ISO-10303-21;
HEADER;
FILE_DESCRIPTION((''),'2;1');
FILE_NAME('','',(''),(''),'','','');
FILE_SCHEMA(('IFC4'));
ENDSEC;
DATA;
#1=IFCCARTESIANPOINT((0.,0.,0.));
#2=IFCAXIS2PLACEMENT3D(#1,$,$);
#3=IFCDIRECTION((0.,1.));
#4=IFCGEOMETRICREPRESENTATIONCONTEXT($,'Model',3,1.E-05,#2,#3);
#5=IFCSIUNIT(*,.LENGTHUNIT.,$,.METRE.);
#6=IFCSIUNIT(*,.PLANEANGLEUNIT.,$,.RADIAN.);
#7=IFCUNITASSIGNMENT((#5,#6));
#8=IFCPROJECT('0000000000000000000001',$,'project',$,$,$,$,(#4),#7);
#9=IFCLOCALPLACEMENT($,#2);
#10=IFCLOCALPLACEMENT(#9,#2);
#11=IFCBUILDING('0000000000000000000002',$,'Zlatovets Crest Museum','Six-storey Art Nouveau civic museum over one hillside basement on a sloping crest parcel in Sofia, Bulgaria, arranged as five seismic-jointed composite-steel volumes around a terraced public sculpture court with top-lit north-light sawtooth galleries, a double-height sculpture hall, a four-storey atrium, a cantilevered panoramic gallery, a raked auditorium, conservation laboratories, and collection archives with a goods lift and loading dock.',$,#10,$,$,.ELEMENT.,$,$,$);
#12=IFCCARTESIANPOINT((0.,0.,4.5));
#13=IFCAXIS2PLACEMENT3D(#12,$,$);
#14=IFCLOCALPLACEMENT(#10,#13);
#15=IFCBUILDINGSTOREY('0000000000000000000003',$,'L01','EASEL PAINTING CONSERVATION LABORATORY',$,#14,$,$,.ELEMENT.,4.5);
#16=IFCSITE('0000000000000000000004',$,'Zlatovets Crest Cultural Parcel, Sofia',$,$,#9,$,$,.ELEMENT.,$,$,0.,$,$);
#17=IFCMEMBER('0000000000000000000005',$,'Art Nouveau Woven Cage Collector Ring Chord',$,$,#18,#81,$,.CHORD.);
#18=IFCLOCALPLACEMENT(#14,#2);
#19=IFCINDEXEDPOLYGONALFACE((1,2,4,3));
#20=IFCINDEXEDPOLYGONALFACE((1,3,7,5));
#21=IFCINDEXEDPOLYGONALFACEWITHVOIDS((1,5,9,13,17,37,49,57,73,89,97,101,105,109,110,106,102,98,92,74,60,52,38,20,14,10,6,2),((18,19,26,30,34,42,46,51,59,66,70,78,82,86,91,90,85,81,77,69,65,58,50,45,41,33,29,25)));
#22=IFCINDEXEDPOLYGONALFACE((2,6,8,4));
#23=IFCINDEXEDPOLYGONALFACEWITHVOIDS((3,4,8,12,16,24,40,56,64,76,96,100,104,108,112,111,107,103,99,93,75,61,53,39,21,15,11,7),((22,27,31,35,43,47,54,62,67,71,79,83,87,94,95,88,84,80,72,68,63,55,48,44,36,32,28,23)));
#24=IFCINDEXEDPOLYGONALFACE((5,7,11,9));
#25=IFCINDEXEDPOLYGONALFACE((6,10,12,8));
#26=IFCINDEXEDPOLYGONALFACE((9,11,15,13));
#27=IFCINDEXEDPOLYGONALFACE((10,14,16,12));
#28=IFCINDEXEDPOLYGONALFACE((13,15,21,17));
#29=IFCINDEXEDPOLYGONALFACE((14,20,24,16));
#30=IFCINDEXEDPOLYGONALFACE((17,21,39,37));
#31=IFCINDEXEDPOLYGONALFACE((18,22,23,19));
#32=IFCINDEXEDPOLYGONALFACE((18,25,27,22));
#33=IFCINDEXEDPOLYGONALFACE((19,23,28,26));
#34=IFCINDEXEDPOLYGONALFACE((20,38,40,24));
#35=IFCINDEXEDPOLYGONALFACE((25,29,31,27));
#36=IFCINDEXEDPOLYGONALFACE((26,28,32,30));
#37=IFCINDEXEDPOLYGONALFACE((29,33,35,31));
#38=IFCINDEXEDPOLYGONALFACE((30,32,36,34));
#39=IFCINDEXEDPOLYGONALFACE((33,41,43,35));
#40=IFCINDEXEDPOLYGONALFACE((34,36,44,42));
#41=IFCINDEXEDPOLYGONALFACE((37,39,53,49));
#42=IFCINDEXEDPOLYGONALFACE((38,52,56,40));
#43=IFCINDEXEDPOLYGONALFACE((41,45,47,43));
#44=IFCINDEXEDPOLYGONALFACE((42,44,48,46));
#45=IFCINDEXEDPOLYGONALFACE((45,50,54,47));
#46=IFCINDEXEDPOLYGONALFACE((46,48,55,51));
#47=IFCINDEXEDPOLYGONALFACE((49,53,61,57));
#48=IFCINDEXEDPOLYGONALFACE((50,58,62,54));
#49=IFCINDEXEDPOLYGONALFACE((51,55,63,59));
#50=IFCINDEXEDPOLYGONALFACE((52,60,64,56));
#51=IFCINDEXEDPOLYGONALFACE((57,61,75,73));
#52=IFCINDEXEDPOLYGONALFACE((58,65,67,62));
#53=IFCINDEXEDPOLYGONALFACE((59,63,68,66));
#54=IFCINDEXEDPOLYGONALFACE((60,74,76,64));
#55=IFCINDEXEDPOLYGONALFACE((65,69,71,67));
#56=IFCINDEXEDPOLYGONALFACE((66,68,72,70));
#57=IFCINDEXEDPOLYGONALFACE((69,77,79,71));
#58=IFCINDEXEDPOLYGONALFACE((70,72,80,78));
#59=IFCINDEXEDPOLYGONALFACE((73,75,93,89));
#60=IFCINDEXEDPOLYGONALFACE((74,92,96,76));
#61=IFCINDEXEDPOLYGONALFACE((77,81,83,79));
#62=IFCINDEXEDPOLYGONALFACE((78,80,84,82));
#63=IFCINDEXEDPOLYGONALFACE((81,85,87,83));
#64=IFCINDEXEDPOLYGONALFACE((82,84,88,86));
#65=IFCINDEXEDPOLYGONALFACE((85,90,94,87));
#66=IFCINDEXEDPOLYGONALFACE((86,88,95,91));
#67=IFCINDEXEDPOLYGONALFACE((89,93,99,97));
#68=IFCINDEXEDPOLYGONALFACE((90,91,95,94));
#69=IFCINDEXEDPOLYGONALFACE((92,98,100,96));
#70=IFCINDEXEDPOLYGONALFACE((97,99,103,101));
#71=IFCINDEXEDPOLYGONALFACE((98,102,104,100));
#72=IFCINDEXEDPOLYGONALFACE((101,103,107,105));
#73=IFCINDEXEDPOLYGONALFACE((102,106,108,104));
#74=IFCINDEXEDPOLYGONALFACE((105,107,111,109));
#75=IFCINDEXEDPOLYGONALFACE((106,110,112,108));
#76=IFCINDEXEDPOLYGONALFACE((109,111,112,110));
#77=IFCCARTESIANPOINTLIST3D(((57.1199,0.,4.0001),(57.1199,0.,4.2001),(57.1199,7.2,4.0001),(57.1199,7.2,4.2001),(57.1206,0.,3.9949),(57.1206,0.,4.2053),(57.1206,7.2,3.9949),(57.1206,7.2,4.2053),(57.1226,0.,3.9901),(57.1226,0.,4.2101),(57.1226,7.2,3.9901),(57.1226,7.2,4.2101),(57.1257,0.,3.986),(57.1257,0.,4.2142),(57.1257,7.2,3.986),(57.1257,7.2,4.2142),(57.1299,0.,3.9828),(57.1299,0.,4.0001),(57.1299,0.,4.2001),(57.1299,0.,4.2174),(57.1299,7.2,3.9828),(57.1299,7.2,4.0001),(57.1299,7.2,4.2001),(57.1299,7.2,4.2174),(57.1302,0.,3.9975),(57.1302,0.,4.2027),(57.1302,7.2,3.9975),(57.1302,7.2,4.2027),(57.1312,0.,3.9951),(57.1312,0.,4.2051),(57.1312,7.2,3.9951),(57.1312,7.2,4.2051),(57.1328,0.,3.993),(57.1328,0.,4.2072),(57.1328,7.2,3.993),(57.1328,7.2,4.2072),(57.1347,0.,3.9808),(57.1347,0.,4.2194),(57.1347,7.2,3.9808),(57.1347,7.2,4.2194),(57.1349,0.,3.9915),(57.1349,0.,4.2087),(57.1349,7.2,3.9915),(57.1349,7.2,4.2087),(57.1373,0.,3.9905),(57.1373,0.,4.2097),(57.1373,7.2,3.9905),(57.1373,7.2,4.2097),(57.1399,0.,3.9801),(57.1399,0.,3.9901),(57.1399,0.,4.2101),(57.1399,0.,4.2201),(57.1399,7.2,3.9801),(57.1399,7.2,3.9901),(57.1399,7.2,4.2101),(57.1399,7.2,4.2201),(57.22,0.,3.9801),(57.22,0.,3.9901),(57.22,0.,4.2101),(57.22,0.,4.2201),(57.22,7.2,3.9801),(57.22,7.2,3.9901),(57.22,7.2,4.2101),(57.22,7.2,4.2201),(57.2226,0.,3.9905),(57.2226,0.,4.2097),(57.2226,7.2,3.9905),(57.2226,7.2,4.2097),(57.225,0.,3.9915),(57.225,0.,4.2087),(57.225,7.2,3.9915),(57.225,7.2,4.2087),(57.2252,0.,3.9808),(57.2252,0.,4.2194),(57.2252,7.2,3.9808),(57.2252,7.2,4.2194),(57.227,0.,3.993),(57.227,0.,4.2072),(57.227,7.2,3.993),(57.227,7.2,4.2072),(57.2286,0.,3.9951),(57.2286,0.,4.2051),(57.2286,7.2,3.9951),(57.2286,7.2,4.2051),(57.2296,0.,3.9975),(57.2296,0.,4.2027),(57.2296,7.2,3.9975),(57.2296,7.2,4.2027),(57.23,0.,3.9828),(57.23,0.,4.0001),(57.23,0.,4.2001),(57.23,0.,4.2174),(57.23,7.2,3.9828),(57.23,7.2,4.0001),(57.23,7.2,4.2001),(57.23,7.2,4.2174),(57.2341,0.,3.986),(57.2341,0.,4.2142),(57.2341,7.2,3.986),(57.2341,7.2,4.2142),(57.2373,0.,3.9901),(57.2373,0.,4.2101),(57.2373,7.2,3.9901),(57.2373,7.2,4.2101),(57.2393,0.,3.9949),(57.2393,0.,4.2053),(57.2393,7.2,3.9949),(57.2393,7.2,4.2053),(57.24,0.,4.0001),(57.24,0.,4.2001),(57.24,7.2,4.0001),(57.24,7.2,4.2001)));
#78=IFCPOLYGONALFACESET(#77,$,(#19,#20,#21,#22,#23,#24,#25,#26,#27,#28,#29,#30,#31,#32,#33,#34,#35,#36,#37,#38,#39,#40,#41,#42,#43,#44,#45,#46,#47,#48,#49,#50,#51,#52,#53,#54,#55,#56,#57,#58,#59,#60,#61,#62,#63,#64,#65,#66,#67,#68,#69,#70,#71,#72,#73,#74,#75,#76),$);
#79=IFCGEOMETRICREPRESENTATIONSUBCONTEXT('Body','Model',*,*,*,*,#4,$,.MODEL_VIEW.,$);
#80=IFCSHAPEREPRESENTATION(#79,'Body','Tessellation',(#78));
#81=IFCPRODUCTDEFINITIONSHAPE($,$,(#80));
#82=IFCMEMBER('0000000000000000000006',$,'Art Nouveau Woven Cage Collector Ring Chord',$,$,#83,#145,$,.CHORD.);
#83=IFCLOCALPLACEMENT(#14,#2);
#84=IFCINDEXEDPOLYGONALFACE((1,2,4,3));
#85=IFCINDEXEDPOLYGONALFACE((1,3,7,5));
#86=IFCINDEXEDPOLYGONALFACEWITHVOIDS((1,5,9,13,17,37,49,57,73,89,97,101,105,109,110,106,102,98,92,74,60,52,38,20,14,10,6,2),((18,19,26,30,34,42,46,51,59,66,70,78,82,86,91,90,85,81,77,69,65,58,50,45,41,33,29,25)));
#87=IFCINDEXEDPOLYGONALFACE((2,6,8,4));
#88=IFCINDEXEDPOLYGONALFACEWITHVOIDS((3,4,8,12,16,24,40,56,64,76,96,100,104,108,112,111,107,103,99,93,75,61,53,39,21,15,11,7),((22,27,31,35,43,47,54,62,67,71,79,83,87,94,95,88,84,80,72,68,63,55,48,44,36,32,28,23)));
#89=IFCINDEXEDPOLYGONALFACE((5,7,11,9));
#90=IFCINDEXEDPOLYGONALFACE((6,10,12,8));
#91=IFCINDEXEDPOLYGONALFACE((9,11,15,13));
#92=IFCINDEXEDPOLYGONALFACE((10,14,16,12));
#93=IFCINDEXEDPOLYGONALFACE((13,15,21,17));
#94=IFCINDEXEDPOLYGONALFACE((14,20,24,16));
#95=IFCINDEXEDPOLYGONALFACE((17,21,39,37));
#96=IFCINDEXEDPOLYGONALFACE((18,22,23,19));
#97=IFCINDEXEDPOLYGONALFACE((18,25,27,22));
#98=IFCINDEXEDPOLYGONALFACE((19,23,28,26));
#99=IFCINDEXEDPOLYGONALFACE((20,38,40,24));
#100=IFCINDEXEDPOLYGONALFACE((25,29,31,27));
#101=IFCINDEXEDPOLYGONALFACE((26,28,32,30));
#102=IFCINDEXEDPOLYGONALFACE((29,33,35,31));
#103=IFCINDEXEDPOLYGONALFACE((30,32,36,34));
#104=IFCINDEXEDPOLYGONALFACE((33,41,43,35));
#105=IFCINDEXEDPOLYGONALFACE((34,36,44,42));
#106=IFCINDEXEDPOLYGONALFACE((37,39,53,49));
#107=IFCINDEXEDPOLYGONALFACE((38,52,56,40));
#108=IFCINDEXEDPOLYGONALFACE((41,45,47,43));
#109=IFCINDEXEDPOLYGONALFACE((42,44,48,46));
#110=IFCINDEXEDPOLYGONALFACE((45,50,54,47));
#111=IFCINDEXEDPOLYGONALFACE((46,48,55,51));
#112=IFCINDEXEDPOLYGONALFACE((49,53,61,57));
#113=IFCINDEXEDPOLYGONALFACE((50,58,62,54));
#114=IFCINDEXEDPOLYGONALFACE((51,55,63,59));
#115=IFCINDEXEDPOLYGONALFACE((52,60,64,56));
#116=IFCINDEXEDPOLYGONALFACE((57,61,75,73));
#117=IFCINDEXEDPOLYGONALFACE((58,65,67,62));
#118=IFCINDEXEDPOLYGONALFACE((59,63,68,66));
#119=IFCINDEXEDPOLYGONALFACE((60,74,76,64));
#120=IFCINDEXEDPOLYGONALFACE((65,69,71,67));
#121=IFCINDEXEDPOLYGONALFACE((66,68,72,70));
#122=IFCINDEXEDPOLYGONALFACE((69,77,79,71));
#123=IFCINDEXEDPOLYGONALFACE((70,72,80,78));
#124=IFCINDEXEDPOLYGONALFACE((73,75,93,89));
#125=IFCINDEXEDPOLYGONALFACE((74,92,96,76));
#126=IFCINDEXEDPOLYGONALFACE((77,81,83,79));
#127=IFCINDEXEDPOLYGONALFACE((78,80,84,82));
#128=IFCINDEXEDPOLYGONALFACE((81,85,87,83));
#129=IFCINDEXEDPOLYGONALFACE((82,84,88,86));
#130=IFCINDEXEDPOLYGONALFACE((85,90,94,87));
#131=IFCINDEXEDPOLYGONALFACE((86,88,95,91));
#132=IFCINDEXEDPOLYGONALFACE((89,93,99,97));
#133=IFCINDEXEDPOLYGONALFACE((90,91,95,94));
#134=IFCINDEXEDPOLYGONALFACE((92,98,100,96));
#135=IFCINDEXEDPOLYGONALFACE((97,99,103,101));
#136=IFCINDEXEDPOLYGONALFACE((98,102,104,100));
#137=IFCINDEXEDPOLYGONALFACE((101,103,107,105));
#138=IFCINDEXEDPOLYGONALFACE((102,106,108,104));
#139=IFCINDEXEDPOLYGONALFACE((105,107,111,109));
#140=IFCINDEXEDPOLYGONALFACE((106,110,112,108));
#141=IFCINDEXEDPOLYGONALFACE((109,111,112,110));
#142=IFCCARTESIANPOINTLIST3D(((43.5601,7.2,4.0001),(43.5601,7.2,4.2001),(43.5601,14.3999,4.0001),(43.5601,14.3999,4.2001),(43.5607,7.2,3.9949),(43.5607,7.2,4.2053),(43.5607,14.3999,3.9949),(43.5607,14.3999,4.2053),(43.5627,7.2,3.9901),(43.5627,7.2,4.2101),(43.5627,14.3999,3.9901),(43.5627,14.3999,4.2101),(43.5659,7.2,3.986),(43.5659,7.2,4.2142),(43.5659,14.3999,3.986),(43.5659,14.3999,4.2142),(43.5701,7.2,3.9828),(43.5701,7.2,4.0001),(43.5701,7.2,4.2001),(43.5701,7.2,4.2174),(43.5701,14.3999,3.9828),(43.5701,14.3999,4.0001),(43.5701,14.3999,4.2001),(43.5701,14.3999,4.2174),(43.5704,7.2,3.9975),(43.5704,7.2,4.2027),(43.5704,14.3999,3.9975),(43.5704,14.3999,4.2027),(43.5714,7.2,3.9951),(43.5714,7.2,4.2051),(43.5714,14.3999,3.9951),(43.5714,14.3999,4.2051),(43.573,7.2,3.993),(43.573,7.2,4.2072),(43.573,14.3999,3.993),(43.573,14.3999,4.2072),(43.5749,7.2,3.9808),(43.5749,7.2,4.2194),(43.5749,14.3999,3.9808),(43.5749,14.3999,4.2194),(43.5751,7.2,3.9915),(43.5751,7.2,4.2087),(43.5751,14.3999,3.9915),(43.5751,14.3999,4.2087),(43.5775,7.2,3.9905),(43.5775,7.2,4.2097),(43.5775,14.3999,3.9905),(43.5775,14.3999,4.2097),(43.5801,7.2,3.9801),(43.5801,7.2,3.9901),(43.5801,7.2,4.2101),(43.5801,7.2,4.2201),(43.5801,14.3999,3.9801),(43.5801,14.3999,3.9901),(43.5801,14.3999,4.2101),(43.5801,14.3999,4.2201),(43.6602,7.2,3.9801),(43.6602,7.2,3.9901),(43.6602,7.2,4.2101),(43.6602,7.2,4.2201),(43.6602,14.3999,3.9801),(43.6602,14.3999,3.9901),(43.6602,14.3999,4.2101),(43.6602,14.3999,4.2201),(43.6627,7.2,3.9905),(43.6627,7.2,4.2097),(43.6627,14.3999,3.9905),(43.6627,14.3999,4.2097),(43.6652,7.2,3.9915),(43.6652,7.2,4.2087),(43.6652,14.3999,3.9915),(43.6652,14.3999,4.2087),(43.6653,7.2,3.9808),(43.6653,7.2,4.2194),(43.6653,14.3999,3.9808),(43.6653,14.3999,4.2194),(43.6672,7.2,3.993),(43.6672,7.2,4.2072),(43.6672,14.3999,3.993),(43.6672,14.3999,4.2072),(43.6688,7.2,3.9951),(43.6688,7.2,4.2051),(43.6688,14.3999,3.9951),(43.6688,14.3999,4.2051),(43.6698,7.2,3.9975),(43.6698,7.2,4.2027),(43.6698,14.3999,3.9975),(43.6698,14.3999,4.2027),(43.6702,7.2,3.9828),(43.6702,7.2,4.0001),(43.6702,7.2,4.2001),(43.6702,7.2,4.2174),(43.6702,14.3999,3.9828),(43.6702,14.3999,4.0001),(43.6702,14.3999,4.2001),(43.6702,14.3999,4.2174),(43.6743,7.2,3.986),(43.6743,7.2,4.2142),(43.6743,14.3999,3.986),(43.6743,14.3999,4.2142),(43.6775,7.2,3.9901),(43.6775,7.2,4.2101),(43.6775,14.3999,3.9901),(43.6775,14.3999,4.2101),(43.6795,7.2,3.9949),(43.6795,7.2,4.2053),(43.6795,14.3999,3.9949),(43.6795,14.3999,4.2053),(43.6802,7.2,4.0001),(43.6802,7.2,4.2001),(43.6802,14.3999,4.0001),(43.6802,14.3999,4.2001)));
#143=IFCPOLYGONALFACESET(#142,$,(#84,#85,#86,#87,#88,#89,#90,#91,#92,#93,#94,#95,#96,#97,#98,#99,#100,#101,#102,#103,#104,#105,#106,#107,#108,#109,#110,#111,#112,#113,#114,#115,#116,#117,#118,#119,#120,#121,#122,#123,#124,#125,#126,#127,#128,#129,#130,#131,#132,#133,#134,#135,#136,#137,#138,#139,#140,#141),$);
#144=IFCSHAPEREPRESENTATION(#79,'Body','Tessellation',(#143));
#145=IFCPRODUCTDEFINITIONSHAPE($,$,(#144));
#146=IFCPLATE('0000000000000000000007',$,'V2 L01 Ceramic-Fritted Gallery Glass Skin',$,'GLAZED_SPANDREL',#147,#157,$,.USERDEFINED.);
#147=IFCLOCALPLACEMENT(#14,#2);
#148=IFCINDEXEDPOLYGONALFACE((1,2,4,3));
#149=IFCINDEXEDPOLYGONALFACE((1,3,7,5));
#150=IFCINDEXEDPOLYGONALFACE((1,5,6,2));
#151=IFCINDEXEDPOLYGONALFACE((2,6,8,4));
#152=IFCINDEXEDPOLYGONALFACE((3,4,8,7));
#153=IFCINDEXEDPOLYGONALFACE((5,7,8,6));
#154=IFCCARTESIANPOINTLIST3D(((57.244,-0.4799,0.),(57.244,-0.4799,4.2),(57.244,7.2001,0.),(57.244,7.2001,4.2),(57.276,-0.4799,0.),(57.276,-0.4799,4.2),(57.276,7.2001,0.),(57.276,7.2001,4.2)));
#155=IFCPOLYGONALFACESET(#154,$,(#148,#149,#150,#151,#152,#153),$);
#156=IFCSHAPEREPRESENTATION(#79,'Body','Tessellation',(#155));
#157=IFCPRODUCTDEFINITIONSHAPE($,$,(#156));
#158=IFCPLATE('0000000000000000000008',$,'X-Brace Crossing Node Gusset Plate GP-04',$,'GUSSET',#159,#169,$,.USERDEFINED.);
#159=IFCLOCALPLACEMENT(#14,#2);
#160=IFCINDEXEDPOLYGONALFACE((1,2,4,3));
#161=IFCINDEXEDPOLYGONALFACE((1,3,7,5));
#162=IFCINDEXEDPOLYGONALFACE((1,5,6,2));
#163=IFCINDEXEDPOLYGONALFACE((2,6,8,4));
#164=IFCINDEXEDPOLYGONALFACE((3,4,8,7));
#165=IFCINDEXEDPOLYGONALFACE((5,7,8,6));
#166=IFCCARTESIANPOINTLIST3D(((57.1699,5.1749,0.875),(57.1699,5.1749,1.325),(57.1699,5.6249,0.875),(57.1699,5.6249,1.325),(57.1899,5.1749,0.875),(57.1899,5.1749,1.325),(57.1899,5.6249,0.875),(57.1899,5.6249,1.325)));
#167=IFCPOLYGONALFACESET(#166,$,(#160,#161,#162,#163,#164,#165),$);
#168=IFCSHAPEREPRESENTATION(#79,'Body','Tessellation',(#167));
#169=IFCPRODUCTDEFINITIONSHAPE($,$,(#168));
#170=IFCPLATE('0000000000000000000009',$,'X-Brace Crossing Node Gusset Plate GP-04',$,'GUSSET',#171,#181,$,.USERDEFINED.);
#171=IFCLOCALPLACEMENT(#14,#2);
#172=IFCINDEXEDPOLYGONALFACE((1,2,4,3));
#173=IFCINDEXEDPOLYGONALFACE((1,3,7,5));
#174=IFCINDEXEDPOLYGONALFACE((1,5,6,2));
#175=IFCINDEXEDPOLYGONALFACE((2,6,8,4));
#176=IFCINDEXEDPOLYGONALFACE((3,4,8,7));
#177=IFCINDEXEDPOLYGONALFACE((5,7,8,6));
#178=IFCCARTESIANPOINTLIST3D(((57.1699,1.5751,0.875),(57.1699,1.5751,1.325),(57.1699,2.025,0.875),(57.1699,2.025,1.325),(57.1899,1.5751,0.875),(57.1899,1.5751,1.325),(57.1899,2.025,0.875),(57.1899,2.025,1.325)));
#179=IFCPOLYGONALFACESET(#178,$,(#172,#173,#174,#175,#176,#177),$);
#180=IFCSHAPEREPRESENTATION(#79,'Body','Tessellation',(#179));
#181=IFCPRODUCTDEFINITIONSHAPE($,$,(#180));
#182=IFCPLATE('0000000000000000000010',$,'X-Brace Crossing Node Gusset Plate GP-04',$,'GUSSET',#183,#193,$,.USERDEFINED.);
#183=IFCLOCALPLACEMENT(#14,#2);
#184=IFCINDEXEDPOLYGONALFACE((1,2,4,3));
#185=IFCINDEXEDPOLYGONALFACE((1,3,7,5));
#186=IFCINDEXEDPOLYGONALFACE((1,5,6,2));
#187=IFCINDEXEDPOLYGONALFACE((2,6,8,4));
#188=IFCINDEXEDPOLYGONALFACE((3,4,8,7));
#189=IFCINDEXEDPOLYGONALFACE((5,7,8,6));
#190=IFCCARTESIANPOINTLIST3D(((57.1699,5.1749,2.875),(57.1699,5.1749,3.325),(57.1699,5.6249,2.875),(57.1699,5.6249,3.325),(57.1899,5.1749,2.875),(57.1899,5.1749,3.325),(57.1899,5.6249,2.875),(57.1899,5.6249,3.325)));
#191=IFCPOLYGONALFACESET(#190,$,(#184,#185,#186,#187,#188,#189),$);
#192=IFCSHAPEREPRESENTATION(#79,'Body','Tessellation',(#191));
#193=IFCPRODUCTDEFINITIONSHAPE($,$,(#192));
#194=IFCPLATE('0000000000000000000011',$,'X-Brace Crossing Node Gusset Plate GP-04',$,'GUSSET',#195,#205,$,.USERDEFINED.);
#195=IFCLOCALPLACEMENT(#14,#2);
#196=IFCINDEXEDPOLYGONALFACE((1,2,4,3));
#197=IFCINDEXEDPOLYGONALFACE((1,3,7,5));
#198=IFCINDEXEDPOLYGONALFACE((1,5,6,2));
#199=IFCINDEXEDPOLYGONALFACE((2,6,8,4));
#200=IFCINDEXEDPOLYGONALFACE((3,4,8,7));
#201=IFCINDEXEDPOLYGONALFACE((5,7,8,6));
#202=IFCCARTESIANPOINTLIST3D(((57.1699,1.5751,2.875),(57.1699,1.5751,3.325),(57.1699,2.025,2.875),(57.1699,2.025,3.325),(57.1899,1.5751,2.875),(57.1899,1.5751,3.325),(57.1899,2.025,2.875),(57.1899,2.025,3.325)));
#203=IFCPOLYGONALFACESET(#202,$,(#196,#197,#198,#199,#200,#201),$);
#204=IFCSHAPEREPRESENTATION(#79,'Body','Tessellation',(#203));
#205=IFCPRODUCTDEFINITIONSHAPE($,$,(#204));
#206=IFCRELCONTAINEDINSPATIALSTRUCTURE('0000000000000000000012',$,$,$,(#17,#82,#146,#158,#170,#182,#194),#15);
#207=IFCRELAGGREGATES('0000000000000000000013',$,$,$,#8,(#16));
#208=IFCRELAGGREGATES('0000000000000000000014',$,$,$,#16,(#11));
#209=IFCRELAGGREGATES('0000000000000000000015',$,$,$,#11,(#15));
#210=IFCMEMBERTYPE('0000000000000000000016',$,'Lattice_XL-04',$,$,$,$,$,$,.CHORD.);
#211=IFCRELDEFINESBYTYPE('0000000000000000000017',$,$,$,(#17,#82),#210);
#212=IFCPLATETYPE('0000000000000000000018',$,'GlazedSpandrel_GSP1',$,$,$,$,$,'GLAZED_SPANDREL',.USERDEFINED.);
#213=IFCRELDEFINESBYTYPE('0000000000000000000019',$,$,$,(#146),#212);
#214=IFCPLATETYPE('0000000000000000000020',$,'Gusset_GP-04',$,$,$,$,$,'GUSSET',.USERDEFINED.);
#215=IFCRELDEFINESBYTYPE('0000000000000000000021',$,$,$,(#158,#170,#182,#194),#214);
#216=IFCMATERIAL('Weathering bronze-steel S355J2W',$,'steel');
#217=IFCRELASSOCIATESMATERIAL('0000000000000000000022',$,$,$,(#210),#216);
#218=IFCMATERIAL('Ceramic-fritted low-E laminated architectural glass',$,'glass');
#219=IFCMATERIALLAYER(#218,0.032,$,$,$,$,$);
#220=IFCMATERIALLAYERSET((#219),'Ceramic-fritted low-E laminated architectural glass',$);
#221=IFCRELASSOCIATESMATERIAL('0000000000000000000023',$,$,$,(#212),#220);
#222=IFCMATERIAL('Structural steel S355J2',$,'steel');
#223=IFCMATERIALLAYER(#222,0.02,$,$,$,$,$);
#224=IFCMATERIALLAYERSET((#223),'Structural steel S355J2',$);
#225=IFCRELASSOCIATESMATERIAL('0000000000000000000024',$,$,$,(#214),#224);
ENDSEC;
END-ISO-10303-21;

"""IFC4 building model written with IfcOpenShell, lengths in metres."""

from ifc_helpers import new_model, si_unit, direction, frame, origin, origin_2d, place, context, subcontext, project, spatial, rectangle, hollow_rectangle, extrude, material, layer, layer_set, material_profile, profile_set, type_object, element, save


model = new_model("IFC4")

# Units and contexts
model_context = context("Model", 3, precision=1e-05, world=origin(), true_north=direction((0.0, 1.0)))
body_context = subcontext(model_context, "Body", "Model", "MODEL_VIEW")
ifc_project = project(units=[si_unit("LENGTHUNIT", "METRE"), si_unit("PLANEANGLEUNIT", "RADIAN")], contexts=[model_context])

# Site, building, storey
site_placement = place(None, origin())
site = spatial("IfcSite", under=ifc_project, at=site_placement, Name="Zlatovets Crest Cultural Parcel, Sofia", CompositionType="ELEMENT", RefElevation=0.0)
building_placement = place(site_placement, origin())
building = spatial("IfcBuilding", under=site, at=building_placement, Name="Zlatovets Crest Museum", Description="Six-storey Art Nouveau civic museum over one hillside basement on a sloping crest parcel in Sofia, Bulgaria, arranged as five seismic-jointed composite-steel volumes around a terraced public sculpture court with top-lit north-light sawtooth galleries, a double-height sculpture hall, a four-storey atrium, a cantilevered panoramic gallery, a raked auditorium, conservation laboratories, and collection archives with a goods lift and loading dock.", CompositionType="ELEMENT")
storey_placement = place(building_placement, frame((0.0, 0.0, 4.5)))
storey = spatial("IfcBuildingStorey", under=building, at=storey_placement, Name="L01", Description="EASEL PAINTING CONSERVATION LABORATORY", CompositionType="ELEMENT", Elevation=4.5)

# Shared definitions
ifc_material_1 = material(Name="Structural steel S355J2", Category="steel")

# Members
ifc_material_2 = material(Name="Weathering bronze-steel S355J2W", Category="steel")
ifc_material_profile_1 = material_profile(ifc_material_2, hollow_rectangle(XDim=0.1201, YDim=0.24, WallThickness=0.01, InnerFilletRadius=0.01, OuterFilletRadius=0.02, at=origin_2d()), Name="RHS 120x240x10.0")
ifc_profile_set_1 = profile_set([ifc_material_profile_1], Name="Weathering bronze-steel S355J2W")
member_type_1 = type_object("IfcMemberType", Name="Lattice_XL-04", PredefinedType="CHORD", material=ifc_profile_set_1)
for number, where, z_axis, x_axis, name in (
    (1, (57.1799, 7.2, 4.1001), (0.0, -1.0, 0.0), (1.0, 0.0, 0.0), "Art Nouveau Woven Cage Collector Ring Chord"),
    (2, (43.6201, 7.2, 4.1001), (0.0, 1.0, 0.0), (-1.0, 0.0, 0.0), "Art Nouveau Woven Cage Collector Ring Chord"),
):
    element("IfcMember", number, at=place(storey_placement, frame(where, z_axis=z_axis, x_axis=x_axis)), inside=storey, type_object=member_type_1, Name=name, PredefinedType="CHORD", context=body_context, shape_type="SweptSolid", body=[
        extrude(hollow_rectangle(XDim=0.1201, YDim=0.24, WallThickness=0.01, InnerFilletRadius=0.01, OuterFilletRadius=0.02, at=origin_2d()), origin(), (0.0, 0.0, 1.0), 7.2),
    ])

# Plates
ifc_material_3 = material(Name="Ceramic-fritted low-E laminated architectural glass", Category="glass")
ifc_layer_1 = layer(ifc_material_3, 0.032)
ifc_layer_set_1 = layer_set([ifc_layer_1], Name="Ceramic-fritted low-E laminated architectural glass")
plate_type_1 = type_object("IfcPlateType", Name="GlazedSpandrel_GSP1", ElementType="GLAZED_SPANDREL", PredefinedType="USERDEFINED", material=ifc_layer_set_1)
plate_placement = place(storey_placement, frame((57.26, 3.3601, 0.0), z_axis=(0.0, 0.0, 1.0), x_axis=(0.0, 1.0, 0.0)))
element("IfcPlate", 3, at=plate_placement, inside=storey, type_object=plate_type_1, Name="V2 L01 Ceramic-Fritted Gallery Glass Skin", ObjectType="GLAZED_SPANDREL", PredefinedType="USERDEFINED", context=body_context, shape_type="SweptSolid", body=[
    extrude(rectangle(XDim=7.6799, YDim=0.032, at=origin_2d()), origin(), (0.0, 0.0, 1.0), 4.2),
])
ifc_layer_2 = layer(ifc_material_1, 0.02)
ifc_layer_set_2 = layer_set([ifc_layer_2], Name="Structural steel S355J2")
plate_type_2 = type_object("IfcPlateType", Name="Gusset_GP-04", ElementType="GUSSET", PredefinedType="USERDEFINED", material=ifc_layer_set_2)
for number, where, z_axis, x_axis, name in (
    (4, (57.1799, 5.3999, 0.875), (0.0, 0.0, 1.0), (1.0, 0.0, 0.0), "X-Brace Crossing Node Gusset Plate GP-04"),
    (5, (57.1799, 1.8, 0.875), (0.0, 0.0, 1.0), (1.0, 0.0, 0.0), "X-Brace Crossing Node Gusset Plate GP-04"),
    (6, (57.1799, 5.3999, 2.875), (0.0, 0.0, 1.0), (1.0, 0.0, 0.0), "X-Brace Crossing Node Gusset Plate GP-04"),
    (7, (57.1799, 1.8, 2.875), (0.0, 0.0, 1.0), (1.0, 0.0, 0.0), "X-Brace Crossing Node Gusset Plate GP-04"),
):
    element("IfcPlate", number, at=place(storey_placement, frame(where, z_axis=z_axis, x_axis=x_axis)), inside=storey, type_object=plate_type_2, Name=name, ObjectType="GUSSET", PredefinedType="USERDEFINED", context=body_context, shape_type="SweptSolid", body=[
        extrude(rectangle(XDim=0.02, YDim=0.45, at=origin_2d()), origin(), (0.0, 0.0, 1.0), 0.45),
    ])

save(model, "model.ifc")
